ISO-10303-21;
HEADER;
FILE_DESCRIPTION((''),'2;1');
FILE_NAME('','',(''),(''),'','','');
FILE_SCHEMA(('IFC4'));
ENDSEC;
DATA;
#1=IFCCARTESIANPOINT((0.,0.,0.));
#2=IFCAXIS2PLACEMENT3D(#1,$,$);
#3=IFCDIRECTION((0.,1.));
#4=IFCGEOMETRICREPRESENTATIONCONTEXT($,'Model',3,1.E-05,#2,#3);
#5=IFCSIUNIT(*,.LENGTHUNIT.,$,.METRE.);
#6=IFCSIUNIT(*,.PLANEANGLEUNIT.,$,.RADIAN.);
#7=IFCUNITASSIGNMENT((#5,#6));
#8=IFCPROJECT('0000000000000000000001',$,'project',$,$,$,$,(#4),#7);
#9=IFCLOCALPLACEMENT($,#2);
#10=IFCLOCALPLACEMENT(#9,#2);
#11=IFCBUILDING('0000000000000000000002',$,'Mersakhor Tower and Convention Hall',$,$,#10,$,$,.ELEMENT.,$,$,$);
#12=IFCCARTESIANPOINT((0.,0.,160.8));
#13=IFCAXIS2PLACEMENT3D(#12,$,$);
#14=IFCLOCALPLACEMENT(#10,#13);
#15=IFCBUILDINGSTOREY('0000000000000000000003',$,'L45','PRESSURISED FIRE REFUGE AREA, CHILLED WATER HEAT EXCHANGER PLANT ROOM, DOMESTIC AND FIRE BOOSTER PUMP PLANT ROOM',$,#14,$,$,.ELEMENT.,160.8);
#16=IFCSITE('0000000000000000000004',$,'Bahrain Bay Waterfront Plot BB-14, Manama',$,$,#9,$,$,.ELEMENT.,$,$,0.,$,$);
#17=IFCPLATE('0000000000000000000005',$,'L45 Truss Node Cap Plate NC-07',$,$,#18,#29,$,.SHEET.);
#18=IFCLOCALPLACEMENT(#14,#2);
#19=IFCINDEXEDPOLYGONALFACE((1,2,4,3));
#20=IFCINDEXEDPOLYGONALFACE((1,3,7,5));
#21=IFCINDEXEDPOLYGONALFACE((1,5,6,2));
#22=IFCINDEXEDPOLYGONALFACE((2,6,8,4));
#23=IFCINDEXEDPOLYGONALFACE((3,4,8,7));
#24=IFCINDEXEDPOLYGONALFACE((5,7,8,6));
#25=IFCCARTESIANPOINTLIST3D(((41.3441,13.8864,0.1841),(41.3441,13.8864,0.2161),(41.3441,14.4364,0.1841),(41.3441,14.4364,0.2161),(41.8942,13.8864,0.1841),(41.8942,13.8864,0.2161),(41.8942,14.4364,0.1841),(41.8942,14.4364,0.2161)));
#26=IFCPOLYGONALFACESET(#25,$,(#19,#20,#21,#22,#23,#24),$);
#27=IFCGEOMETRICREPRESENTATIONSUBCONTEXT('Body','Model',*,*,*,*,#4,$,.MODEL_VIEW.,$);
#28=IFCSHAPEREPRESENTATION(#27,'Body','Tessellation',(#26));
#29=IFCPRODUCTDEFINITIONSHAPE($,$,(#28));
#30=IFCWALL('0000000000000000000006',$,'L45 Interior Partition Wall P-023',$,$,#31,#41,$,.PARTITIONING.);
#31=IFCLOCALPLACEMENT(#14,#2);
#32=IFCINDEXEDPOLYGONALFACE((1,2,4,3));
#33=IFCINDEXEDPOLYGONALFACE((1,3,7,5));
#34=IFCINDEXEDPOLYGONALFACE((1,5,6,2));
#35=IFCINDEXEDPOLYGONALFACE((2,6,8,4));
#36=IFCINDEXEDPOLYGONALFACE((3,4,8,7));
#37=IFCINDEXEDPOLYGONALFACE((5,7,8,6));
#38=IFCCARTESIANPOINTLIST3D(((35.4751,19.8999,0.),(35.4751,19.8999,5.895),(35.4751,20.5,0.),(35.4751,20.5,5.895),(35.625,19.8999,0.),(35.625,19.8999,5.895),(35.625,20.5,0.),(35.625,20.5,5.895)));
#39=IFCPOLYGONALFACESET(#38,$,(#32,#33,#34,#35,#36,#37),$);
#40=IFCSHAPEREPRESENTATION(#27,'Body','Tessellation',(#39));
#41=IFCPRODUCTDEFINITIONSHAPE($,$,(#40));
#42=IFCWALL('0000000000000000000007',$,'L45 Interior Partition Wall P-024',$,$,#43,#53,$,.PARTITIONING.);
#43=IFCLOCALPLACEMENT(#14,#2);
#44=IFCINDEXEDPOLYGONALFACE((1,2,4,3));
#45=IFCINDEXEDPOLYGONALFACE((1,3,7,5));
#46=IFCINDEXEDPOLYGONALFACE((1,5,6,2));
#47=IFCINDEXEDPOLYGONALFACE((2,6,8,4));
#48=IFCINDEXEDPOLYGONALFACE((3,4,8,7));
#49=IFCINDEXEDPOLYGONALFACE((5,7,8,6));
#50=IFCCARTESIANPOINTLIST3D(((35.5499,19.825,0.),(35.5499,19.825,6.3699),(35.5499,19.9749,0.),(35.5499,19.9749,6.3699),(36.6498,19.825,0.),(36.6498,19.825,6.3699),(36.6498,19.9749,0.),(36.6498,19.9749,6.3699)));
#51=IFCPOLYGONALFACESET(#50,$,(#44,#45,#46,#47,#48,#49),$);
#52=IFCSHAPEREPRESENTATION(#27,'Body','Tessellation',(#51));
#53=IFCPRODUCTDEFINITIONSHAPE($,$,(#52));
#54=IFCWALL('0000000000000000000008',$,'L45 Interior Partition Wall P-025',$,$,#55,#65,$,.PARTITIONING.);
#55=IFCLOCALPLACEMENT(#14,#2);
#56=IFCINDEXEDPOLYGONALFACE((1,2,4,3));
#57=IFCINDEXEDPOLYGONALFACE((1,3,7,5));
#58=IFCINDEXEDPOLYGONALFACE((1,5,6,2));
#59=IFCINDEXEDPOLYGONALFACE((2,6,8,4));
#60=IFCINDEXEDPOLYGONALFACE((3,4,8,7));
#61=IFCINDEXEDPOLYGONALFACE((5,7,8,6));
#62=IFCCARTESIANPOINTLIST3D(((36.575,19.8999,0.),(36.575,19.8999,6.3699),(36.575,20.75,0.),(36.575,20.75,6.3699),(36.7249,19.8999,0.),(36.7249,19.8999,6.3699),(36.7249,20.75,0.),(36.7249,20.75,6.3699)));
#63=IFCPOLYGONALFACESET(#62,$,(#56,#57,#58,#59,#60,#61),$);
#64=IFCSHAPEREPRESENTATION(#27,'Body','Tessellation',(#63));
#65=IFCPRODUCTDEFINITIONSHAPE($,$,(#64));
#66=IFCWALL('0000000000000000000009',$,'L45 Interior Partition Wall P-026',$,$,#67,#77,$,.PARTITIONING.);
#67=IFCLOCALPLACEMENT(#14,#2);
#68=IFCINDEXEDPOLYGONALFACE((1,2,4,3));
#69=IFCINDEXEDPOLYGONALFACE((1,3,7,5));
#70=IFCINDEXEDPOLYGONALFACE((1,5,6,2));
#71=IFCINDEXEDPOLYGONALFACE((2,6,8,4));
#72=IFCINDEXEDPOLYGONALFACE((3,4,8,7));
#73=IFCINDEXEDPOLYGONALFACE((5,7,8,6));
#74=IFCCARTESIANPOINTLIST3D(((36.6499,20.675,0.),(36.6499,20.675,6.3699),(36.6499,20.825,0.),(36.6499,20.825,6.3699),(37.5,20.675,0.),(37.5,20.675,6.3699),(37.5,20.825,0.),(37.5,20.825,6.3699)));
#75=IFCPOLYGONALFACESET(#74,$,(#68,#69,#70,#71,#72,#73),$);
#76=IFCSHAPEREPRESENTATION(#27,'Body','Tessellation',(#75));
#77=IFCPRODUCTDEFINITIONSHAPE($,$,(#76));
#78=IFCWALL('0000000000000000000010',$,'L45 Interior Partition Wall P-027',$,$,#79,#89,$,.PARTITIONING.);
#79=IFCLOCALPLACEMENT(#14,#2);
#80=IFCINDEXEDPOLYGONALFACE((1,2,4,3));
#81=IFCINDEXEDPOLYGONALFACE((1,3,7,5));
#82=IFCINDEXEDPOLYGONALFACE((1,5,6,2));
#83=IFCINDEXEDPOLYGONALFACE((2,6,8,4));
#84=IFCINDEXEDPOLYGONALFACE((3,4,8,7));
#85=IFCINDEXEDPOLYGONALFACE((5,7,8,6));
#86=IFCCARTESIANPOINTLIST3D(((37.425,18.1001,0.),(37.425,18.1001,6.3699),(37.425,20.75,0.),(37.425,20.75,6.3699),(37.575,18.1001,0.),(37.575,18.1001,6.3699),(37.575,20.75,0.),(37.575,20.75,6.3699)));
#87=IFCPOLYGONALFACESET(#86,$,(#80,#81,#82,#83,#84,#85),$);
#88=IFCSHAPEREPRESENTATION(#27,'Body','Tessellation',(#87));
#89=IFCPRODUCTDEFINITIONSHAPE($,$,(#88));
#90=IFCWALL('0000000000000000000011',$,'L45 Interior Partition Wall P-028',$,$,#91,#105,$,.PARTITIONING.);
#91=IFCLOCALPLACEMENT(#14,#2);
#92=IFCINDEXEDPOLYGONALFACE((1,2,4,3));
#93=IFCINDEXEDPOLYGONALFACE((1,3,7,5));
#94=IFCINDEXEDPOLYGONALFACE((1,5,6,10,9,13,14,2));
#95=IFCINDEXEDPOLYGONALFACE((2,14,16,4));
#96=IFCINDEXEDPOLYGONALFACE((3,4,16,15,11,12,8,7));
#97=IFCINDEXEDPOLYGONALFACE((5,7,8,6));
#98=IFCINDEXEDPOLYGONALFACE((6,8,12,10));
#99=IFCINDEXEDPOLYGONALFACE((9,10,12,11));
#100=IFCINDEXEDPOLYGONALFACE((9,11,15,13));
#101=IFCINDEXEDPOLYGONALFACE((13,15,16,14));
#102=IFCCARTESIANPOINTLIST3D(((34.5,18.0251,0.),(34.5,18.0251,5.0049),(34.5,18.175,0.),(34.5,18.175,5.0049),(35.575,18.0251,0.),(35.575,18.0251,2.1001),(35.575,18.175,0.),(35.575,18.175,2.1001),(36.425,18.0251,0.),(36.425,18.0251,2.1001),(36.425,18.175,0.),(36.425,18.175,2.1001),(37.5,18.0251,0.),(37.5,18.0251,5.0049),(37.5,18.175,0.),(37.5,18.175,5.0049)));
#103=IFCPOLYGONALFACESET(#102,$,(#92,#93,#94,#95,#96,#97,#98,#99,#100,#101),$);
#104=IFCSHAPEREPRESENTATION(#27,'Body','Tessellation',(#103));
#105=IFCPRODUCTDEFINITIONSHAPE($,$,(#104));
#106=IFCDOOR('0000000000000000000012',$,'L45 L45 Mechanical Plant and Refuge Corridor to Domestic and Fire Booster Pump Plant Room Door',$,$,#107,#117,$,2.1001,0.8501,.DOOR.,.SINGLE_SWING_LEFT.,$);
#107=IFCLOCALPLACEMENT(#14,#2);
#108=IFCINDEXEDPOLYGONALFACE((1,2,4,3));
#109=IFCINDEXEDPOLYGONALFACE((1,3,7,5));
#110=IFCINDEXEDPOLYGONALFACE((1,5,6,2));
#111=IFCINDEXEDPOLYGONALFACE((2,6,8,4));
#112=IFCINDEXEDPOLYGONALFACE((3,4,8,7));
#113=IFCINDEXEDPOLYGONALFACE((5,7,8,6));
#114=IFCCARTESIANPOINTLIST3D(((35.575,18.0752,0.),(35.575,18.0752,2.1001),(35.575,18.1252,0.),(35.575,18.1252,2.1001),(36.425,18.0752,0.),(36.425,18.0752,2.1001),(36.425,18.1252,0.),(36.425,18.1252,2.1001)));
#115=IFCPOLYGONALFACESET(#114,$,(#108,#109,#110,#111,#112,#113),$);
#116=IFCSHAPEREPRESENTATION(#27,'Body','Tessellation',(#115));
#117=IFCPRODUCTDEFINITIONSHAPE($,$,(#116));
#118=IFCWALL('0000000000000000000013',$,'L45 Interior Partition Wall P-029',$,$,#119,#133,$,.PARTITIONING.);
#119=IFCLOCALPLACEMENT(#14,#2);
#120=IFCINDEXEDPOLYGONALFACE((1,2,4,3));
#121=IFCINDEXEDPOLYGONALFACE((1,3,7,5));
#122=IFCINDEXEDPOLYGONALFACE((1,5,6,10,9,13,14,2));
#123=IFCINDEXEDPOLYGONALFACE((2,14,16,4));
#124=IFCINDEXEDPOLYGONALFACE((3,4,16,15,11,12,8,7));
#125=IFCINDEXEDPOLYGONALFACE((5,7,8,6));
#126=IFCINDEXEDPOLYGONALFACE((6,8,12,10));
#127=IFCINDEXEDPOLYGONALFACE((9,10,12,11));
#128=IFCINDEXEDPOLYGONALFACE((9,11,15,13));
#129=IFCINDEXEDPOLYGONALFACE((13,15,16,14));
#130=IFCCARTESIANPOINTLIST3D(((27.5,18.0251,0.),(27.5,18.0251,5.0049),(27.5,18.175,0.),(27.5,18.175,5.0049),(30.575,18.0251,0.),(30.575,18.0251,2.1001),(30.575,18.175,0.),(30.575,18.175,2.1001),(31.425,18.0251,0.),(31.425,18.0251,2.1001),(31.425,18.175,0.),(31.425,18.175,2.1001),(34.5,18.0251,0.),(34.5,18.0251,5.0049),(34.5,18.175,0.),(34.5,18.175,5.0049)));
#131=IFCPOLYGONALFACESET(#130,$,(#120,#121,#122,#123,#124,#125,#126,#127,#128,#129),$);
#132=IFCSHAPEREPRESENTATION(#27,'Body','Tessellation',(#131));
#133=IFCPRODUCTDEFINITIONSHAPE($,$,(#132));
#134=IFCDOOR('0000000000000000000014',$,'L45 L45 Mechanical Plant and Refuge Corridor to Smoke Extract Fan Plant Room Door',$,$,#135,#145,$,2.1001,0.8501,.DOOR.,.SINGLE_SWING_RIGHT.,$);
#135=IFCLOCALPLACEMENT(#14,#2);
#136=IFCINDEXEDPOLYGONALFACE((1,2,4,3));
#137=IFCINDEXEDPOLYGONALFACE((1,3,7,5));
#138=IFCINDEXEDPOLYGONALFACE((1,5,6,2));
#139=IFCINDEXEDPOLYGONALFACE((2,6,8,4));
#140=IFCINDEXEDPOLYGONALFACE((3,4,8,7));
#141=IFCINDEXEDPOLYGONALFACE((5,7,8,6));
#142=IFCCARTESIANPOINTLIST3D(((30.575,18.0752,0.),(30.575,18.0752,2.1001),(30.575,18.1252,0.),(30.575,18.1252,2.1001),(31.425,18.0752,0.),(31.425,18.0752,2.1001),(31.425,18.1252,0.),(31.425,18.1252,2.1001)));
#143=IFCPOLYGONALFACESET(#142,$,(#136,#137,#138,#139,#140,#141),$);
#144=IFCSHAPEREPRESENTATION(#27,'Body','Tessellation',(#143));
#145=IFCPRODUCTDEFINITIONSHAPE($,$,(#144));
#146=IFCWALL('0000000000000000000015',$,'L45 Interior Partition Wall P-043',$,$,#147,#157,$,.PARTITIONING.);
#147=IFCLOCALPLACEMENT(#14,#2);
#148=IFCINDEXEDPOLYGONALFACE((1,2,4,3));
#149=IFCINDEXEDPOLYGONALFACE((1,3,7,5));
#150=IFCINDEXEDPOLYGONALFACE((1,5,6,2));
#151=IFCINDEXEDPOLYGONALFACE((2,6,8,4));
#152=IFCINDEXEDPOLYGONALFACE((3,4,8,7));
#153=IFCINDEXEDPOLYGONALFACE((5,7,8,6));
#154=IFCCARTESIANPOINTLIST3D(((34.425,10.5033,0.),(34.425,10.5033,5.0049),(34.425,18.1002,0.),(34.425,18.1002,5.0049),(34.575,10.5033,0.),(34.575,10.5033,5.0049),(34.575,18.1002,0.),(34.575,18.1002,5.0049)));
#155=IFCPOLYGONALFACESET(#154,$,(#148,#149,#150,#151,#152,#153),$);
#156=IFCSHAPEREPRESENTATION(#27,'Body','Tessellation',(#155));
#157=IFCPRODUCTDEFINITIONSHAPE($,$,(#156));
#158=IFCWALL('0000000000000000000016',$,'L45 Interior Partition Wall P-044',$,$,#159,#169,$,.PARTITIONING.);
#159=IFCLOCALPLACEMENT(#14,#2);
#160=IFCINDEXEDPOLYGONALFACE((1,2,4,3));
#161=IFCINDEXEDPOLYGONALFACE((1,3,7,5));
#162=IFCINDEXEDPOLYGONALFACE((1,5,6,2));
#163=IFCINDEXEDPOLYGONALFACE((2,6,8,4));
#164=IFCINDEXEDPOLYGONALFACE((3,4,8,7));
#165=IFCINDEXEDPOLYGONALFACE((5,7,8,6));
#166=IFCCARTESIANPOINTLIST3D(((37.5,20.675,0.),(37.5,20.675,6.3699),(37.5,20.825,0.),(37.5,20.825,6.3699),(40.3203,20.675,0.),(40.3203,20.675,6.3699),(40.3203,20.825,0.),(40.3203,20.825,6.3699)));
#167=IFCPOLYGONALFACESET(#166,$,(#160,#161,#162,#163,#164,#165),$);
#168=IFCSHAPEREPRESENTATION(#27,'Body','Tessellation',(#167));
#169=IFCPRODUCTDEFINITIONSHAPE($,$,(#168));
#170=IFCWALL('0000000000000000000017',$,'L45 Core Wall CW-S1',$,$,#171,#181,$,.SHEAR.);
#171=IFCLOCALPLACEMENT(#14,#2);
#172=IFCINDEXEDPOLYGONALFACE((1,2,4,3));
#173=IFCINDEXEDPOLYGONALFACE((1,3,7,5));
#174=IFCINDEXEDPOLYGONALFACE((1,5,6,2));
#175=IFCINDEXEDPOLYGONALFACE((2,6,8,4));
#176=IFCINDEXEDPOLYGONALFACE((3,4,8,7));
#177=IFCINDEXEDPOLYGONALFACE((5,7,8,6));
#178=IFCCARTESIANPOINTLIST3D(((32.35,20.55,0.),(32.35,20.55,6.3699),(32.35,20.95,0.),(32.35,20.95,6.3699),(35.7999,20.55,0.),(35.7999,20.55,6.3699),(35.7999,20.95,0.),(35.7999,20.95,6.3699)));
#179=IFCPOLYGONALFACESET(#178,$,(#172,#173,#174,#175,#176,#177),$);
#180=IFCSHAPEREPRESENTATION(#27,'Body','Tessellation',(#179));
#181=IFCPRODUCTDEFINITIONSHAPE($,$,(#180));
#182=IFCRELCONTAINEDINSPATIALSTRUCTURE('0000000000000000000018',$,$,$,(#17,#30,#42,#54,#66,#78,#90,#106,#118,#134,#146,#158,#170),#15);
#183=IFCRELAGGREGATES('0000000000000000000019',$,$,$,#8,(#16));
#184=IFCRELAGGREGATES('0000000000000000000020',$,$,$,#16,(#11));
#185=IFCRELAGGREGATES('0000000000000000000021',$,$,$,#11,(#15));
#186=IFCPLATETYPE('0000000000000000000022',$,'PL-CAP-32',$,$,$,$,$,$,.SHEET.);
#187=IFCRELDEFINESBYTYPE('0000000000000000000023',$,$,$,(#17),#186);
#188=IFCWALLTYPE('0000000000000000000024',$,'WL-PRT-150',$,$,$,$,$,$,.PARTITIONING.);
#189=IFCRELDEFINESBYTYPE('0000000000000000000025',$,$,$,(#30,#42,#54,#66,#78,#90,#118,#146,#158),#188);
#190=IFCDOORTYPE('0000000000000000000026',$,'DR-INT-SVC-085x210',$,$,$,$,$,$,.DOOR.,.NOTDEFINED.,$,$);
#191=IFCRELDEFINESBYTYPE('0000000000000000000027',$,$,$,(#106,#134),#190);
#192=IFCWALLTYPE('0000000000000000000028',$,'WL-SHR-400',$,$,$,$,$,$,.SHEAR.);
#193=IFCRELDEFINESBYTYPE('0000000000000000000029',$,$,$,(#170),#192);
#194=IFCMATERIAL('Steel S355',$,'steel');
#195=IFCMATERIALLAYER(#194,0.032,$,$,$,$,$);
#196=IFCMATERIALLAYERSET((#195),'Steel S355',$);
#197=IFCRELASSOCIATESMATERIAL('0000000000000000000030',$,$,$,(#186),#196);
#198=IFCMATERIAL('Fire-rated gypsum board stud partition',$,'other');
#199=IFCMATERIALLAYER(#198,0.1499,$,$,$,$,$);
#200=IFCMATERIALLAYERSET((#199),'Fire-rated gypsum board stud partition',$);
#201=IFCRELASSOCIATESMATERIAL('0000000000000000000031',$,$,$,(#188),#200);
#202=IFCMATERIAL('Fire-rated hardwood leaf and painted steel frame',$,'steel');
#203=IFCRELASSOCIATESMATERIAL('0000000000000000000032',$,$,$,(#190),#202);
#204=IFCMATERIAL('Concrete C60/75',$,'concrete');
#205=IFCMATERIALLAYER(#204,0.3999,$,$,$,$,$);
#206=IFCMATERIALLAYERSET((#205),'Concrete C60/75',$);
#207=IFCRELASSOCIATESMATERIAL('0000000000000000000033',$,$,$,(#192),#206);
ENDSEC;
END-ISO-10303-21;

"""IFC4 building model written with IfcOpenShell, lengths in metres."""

from ifc_helpers import new_model, si_unit, direction, frame, frame_2d, origin, origin_2d, place, context, subcontext, project, spatial, rectangle, extrude, material, layer, layer_set, type_object, element, fill, save


model = new_model("IFC4")

# Units and contexts
model_context = context("Model", 3, precision=1e-05, world=origin(), true_north=direction((0.0, 1.0)))
body_context = subcontext(model_context, "Body", "Model", "MODEL_VIEW")
ifc_project = project(units=[si_unit("LENGTHUNIT", "METRE"), si_unit("PLANEANGLEUNIT", "RADIAN")], contexts=[model_context])

# Site, building, storey
site_placement = place(None, origin())
site = spatial("IfcSite", under=ifc_project, at=site_placement, Name="Bahrain Bay Waterfront Plot BB-14, Manama", CompositionType="ELEMENT", RefElevation=0.0)
building_placement = place(site_placement, origin())
building = spatial("IfcBuilding", under=site, at=building_placement, Name="Mersakhor Tower and Convention Hall", CompositionType="ELEMENT")
storey_placement = place(building_placement, frame((0.0, 0.0, 160.8)))
storey = spatial("IfcBuildingStorey", under=building, at=storey_placement, Name="L45", Description="PRESSURISED FIRE REFUGE AREA, CHILLED WATER HEAT EXCHANGER PLANT ROOM, DOMESTIC AND FIRE BOOSTER PUMP PLANT ROOM", CompositionType="ELEMENT", Elevation=160.8)

# Plate
ifc_material_1 = material(Name="Steel S355", Category="steel")
ifc_layer_1 = layer(ifc_material_1, 0.032)
ifc_layer_set_1 = layer_set([ifc_layer_1], Name="Steel S355")
plate_type = type_object("IfcPlateType", Name="PL-CAP-32", PredefinedType="SHEET", material=ifc_layer_set_1)
plate_placement = place(storey_placement, frame((41.6191, 14.1614, 0.1841), z_axis=(0.0, 0.0, 1.0), x_axis=(1.0, 0.0, 0.0)))
element("IfcPlate", 1, at=plate_placement, inside=storey, type_object=plate_type, Name="L45 Truss Node Cap Plate NC-07", PredefinedType="SHEET", context=body_context, shape_type="SweptSolid", body=[
    extrude(rectangle(XDim=0.55, YDim=0.55, at=origin_2d()), origin(), (0.0, 0.0, 1.0), 0.032),
])

# Walls
ifc_material_2 = material(Name="Fire-rated gypsum board stud partition", Category="other")
ifc_layer_2 = layer(ifc_material_2, 0.1499)
ifc_layer_set_2 = layer_set([ifc_layer_2], Name="Fire-rated gypsum board stud partition")
wall_type_1 = type_object("IfcWallType", Name="WL-PRT-150", PredefinedType="PARTITIONING", material=ifc_layer_set_2)
wall_1_placement = place(storey_placement, frame((35.55, 20.5, 0.0), z_axis=(0.0, 0.0, 1.0), x_axis=(0.0, -1.0, 0.0)))
element("IfcWall", 2, at=wall_1_placement, inside=storey, type_object=wall_type_1, Name="L45 Interior Partition Wall P-023", PredefinedType="PARTITIONING", context=body_context, shape_type="SweptSolid", body=[
    extrude(rectangle(XDim=0.6001, YDim=0.1499, at=frame_2d((0.3, 0.0))), origin(), (0.0, 0.0, 1.0), 5.895),
])
wall_2_placement = place(storey_placement, frame((35.55, 19.8999, 0.0), z_axis=(0.0, 0.0, 1.0), x_axis=(1.0, 0.0, 0.0)))
element("IfcWall", 3, at=wall_2_placement, inside=storey, type_object=wall_type_1, Name="L45 Interior Partition Wall P-024", PredefinedType="PARTITIONING", context=body_context, shape_type="SweptSolid", body=[
    extrude(rectangle(XDim=1.0999, YDim=0.1499, at=frame_2d((0.5498, 0.0))), origin(), (0.0, 0.0, 1.0), 6.3699),
])
for number, where, z_axis, x_axis, name in (
    (4, (36.6499, 19.8999, 0.0), (0.0, 0.0, 1.0), (0.0, 1.0, 0.0), "L45 Interior Partition Wall P-025"),
    (5, (36.6499, 20.75, 0.0), (0.0, 0.0, 1.0), (1.0, 0.0, 0.0), "L45 Interior Partition Wall P-026"),
):
    element("IfcWall", number, at=place(storey_placement, frame(where, z_axis=z_axis, x_axis=x_axis)), inside=storey, type_object=wall_type_1, Name=name, PredefinedType="PARTITIONING", context=body_context, shape_type="SweptSolid", body=[
        extrude(rectangle(XDim=0.8501, YDim=0.1499, at=frame_2d((0.425, 0.0))), origin(), (0.0, 0.0, 1.0), 6.3699),
    ])
wall_3_placement = place(storey_placement, frame((37.5, 20.75, 0.0), z_axis=(0.0, 0.0, 1.0), x_axis=(0.0, -1.0, 0.0)))
element("IfcWall", 6, at=wall_3_placement, inside=storey, type_object=wall_type_1, Name="L45 Interior Partition Wall P-027", PredefinedType="PARTITIONING", context=body_context, shape_type="SweptSolid", body=[
    extrude(rectangle(XDim=2.6499, YDim=0.1499, at=frame_2d((1.325, 0.0))), origin(), (0.0, 0.0, 1.0), 6.3699),
])

# Walls, openings, doors
wall_4_placement = place(storey_placement, frame((37.5, 18.1001, 0.0), z_axis=(0.0, 0.0, 1.0), x_axis=(-1.0, 0.0, 0.0)))
wall_4 = element("IfcWall", 7, at=wall_4_placement, inside=storey, type_object=wall_type_1, Name="L45 Interior Partition Wall P-028", PredefinedType="PARTITIONING", context=body_context, shape_type="SweptSolid", body=[
    extrude(rectangle(XDim=3.0, YDim=0.1499, at=frame_2d((1.5, 0.0))), origin(), (0.0, 0.0, 1.0), 5.0049),
])
opening_1_placement = place(wall_4_placement, frame((1.075, 0.0, 0.0)))
opening_1 = element("IfcOpeningElement", 8, at=opening_1_placement, cuts=wall_4, PredefinedType="OPENING", context=body_context, shape_type="SweptSolid", body=[
    extrude(rectangle(XDim=0.8501, YDim=2.1001, at=frame_2d((0.425, 1.05))), frame((0.0, 0.085, 0.0), z_axis=(0.0, -1.0, 0.0), x_axis=(1.0, 0.0, 0.0)), (0.0, 0.0, 1.0), 0.1699),
])
ifc_material_3 = material(Name="Fire-rated hardwood leaf and painted steel frame", Category="steel")
door_type_1 = type_object("IfcDoorType", Name="DR-INT-SVC-085x210", OperationType="NOTDEFINED", PredefinedType="DOOR", material=ifc_material_3)
door_1_placement = place(opening_1_placement, origin())
door_1 = element("IfcDoor", 9, at=door_1_placement, inside=storey, type_object=door_type_1, Name="L45 L45 Mechanical Plant and Refuge Corridor to Domestic and Fire Booster Pump Plant Room Door", OperationType="SINGLE_SWING_LEFT", OverallHeight=2.1001, OverallWidth=0.8501, PredefinedType="DOOR", context=body_context, shape_type="SweptSolid", body=[
    extrude(rectangle(XDim=0.8501, YDim=2.1001, at=frame_2d((0.425, 1.05))), frame((0.0, 0.0249, 0.0), z_axis=(0.0, -1.0, 0.0), x_axis=(1.0, 0.0, 0.0)), (0.0, 0.0, 1.0), 0.05),
])
fill(opening_1, door_1)
wall_5_placement = place(storey_placement, frame((34.5, 18.1001, 0.0), z_axis=(0.0, 0.0, 1.0), x_axis=(-1.0, 0.0, 0.0)))
wall_5 = element("IfcWall", 10, at=wall_5_placement, inside=storey, type_object=wall_type_1, Name="L45 Interior Partition Wall P-029", PredefinedType="PARTITIONING", context=body_context, shape_type="SweptSolid", body=[
    extrude(rectangle(XDim=7.0, YDim=0.1499, at=frame_2d((3.5, 0.0))), origin(), (0.0, 0.0, 1.0), 5.0049),
])
opening_2_placement = place(wall_5_placement, frame((3.075, 0.0, 0.0)))
opening_2 = element("IfcOpeningElement", 11, at=opening_2_placement, cuts=wall_5, PredefinedType="OPENING", context=body_context, shape_type="SweptSolid", body=[
    extrude(rectangle(XDim=0.8501, YDim=2.1001, at=frame_2d((0.425, 1.05))), frame((0.0, 0.085, 0.0), z_axis=(0.0, -1.0, 0.0), x_axis=(1.0, 0.0, 0.0)), (0.0, 0.0, 1.0), 0.1699),
])
door_2_placement = place(opening_2_placement, origin())
door_2 = element("IfcDoor", 12, at=door_2_placement, inside=storey, type_object=door_type_1, Name="L45 L45 Mechanical Plant and Refuge Corridor to Smoke Extract Fan Plant Room Door", OperationType="SINGLE_SWING_RIGHT", OverallHeight=2.1001, OverallWidth=0.8501, PredefinedType="DOOR", context=body_context, shape_type="SweptSolid", body=[
    extrude(rectangle(XDim=0.8501, YDim=2.1001, at=frame_2d((0.425, 1.05))), frame((0.0, 0.0249, 0.0), z_axis=(0.0, -1.0, 0.0), x_axis=(1.0, 0.0, 0.0)), (0.0, 0.0, 1.0), 0.05),
])
fill(opening_2, door_2)

# Walls
wall_6_placement = place(storey_placement, frame((34.5, 18.1001, 0.0), z_axis=(0.0, 0.0, 1.0), x_axis=(0.0, -1.0, 0.0)))
element("IfcWall", 13, at=wall_6_placement, inside=storey, type_object=wall_type_1, Name="L45 Interior Partition Wall P-043", PredefinedType="PARTITIONING", context=body_context, shape_type="SweptSolid", body=[
    extrude(rectangle(XDim=7.5969, YDim=0.1499, at=frame_2d((3.7983, 0.0))), origin(), (0.0, 0.0, 1.0), 5.0049),
])
wall_7_placement = place(storey_placement, frame((37.5, 20.75, 0.0), z_axis=(0.0, 0.0, 1.0), x_axis=(1.0, 0.0, 0.0)))
element("IfcWall", 14, at=wall_7_placement, inside=storey, type_object=wall_type_1, Name="L45 Interior Partition Wall P-044", PredefinedType="PARTITIONING", context=body_context, shape_type="SweptSolid", body=[
    extrude(rectangle(XDim=2.8203, YDim=0.1499, at=frame_2d((1.4102, 0.0))), origin(), (0.0, 0.0, 1.0), 6.3699),
])
ifc_material_4 = material(Name="Concrete C60/75", Category="concrete")
ifc_layer_3 = layer(ifc_material_4, 0.3999)
ifc_layer_set_3 = layer_set([ifc_layer_3], Name="Concrete C60/75")
wall_type_2 = type_object("IfcWallType", Name="WL-SHR-400", PredefinedType="SHEAR", material=ifc_layer_set_3)
wall_8_placement = place(storey_placement, frame((35.8, 20.75, 0.0), z_axis=(0.0, 0.0, 1.0), x_axis=(-1.0, 0.0, 0.0)))
element("IfcWall", 15, at=wall_8_placement, inside=storey, type_object=wall_type_2, Name="L45 Core Wall CW-S1", PredefinedType="SHEAR", context=body_context, shape_type="SweptSolid", body=[
    extrude(rectangle(XDim=3.45, YDim=0.3999, at=frame_2d((1.7251, 0.0))), origin(), (0.0, 0.0, 1.0), 6.3699),
])

save(model, "model.ifc")
